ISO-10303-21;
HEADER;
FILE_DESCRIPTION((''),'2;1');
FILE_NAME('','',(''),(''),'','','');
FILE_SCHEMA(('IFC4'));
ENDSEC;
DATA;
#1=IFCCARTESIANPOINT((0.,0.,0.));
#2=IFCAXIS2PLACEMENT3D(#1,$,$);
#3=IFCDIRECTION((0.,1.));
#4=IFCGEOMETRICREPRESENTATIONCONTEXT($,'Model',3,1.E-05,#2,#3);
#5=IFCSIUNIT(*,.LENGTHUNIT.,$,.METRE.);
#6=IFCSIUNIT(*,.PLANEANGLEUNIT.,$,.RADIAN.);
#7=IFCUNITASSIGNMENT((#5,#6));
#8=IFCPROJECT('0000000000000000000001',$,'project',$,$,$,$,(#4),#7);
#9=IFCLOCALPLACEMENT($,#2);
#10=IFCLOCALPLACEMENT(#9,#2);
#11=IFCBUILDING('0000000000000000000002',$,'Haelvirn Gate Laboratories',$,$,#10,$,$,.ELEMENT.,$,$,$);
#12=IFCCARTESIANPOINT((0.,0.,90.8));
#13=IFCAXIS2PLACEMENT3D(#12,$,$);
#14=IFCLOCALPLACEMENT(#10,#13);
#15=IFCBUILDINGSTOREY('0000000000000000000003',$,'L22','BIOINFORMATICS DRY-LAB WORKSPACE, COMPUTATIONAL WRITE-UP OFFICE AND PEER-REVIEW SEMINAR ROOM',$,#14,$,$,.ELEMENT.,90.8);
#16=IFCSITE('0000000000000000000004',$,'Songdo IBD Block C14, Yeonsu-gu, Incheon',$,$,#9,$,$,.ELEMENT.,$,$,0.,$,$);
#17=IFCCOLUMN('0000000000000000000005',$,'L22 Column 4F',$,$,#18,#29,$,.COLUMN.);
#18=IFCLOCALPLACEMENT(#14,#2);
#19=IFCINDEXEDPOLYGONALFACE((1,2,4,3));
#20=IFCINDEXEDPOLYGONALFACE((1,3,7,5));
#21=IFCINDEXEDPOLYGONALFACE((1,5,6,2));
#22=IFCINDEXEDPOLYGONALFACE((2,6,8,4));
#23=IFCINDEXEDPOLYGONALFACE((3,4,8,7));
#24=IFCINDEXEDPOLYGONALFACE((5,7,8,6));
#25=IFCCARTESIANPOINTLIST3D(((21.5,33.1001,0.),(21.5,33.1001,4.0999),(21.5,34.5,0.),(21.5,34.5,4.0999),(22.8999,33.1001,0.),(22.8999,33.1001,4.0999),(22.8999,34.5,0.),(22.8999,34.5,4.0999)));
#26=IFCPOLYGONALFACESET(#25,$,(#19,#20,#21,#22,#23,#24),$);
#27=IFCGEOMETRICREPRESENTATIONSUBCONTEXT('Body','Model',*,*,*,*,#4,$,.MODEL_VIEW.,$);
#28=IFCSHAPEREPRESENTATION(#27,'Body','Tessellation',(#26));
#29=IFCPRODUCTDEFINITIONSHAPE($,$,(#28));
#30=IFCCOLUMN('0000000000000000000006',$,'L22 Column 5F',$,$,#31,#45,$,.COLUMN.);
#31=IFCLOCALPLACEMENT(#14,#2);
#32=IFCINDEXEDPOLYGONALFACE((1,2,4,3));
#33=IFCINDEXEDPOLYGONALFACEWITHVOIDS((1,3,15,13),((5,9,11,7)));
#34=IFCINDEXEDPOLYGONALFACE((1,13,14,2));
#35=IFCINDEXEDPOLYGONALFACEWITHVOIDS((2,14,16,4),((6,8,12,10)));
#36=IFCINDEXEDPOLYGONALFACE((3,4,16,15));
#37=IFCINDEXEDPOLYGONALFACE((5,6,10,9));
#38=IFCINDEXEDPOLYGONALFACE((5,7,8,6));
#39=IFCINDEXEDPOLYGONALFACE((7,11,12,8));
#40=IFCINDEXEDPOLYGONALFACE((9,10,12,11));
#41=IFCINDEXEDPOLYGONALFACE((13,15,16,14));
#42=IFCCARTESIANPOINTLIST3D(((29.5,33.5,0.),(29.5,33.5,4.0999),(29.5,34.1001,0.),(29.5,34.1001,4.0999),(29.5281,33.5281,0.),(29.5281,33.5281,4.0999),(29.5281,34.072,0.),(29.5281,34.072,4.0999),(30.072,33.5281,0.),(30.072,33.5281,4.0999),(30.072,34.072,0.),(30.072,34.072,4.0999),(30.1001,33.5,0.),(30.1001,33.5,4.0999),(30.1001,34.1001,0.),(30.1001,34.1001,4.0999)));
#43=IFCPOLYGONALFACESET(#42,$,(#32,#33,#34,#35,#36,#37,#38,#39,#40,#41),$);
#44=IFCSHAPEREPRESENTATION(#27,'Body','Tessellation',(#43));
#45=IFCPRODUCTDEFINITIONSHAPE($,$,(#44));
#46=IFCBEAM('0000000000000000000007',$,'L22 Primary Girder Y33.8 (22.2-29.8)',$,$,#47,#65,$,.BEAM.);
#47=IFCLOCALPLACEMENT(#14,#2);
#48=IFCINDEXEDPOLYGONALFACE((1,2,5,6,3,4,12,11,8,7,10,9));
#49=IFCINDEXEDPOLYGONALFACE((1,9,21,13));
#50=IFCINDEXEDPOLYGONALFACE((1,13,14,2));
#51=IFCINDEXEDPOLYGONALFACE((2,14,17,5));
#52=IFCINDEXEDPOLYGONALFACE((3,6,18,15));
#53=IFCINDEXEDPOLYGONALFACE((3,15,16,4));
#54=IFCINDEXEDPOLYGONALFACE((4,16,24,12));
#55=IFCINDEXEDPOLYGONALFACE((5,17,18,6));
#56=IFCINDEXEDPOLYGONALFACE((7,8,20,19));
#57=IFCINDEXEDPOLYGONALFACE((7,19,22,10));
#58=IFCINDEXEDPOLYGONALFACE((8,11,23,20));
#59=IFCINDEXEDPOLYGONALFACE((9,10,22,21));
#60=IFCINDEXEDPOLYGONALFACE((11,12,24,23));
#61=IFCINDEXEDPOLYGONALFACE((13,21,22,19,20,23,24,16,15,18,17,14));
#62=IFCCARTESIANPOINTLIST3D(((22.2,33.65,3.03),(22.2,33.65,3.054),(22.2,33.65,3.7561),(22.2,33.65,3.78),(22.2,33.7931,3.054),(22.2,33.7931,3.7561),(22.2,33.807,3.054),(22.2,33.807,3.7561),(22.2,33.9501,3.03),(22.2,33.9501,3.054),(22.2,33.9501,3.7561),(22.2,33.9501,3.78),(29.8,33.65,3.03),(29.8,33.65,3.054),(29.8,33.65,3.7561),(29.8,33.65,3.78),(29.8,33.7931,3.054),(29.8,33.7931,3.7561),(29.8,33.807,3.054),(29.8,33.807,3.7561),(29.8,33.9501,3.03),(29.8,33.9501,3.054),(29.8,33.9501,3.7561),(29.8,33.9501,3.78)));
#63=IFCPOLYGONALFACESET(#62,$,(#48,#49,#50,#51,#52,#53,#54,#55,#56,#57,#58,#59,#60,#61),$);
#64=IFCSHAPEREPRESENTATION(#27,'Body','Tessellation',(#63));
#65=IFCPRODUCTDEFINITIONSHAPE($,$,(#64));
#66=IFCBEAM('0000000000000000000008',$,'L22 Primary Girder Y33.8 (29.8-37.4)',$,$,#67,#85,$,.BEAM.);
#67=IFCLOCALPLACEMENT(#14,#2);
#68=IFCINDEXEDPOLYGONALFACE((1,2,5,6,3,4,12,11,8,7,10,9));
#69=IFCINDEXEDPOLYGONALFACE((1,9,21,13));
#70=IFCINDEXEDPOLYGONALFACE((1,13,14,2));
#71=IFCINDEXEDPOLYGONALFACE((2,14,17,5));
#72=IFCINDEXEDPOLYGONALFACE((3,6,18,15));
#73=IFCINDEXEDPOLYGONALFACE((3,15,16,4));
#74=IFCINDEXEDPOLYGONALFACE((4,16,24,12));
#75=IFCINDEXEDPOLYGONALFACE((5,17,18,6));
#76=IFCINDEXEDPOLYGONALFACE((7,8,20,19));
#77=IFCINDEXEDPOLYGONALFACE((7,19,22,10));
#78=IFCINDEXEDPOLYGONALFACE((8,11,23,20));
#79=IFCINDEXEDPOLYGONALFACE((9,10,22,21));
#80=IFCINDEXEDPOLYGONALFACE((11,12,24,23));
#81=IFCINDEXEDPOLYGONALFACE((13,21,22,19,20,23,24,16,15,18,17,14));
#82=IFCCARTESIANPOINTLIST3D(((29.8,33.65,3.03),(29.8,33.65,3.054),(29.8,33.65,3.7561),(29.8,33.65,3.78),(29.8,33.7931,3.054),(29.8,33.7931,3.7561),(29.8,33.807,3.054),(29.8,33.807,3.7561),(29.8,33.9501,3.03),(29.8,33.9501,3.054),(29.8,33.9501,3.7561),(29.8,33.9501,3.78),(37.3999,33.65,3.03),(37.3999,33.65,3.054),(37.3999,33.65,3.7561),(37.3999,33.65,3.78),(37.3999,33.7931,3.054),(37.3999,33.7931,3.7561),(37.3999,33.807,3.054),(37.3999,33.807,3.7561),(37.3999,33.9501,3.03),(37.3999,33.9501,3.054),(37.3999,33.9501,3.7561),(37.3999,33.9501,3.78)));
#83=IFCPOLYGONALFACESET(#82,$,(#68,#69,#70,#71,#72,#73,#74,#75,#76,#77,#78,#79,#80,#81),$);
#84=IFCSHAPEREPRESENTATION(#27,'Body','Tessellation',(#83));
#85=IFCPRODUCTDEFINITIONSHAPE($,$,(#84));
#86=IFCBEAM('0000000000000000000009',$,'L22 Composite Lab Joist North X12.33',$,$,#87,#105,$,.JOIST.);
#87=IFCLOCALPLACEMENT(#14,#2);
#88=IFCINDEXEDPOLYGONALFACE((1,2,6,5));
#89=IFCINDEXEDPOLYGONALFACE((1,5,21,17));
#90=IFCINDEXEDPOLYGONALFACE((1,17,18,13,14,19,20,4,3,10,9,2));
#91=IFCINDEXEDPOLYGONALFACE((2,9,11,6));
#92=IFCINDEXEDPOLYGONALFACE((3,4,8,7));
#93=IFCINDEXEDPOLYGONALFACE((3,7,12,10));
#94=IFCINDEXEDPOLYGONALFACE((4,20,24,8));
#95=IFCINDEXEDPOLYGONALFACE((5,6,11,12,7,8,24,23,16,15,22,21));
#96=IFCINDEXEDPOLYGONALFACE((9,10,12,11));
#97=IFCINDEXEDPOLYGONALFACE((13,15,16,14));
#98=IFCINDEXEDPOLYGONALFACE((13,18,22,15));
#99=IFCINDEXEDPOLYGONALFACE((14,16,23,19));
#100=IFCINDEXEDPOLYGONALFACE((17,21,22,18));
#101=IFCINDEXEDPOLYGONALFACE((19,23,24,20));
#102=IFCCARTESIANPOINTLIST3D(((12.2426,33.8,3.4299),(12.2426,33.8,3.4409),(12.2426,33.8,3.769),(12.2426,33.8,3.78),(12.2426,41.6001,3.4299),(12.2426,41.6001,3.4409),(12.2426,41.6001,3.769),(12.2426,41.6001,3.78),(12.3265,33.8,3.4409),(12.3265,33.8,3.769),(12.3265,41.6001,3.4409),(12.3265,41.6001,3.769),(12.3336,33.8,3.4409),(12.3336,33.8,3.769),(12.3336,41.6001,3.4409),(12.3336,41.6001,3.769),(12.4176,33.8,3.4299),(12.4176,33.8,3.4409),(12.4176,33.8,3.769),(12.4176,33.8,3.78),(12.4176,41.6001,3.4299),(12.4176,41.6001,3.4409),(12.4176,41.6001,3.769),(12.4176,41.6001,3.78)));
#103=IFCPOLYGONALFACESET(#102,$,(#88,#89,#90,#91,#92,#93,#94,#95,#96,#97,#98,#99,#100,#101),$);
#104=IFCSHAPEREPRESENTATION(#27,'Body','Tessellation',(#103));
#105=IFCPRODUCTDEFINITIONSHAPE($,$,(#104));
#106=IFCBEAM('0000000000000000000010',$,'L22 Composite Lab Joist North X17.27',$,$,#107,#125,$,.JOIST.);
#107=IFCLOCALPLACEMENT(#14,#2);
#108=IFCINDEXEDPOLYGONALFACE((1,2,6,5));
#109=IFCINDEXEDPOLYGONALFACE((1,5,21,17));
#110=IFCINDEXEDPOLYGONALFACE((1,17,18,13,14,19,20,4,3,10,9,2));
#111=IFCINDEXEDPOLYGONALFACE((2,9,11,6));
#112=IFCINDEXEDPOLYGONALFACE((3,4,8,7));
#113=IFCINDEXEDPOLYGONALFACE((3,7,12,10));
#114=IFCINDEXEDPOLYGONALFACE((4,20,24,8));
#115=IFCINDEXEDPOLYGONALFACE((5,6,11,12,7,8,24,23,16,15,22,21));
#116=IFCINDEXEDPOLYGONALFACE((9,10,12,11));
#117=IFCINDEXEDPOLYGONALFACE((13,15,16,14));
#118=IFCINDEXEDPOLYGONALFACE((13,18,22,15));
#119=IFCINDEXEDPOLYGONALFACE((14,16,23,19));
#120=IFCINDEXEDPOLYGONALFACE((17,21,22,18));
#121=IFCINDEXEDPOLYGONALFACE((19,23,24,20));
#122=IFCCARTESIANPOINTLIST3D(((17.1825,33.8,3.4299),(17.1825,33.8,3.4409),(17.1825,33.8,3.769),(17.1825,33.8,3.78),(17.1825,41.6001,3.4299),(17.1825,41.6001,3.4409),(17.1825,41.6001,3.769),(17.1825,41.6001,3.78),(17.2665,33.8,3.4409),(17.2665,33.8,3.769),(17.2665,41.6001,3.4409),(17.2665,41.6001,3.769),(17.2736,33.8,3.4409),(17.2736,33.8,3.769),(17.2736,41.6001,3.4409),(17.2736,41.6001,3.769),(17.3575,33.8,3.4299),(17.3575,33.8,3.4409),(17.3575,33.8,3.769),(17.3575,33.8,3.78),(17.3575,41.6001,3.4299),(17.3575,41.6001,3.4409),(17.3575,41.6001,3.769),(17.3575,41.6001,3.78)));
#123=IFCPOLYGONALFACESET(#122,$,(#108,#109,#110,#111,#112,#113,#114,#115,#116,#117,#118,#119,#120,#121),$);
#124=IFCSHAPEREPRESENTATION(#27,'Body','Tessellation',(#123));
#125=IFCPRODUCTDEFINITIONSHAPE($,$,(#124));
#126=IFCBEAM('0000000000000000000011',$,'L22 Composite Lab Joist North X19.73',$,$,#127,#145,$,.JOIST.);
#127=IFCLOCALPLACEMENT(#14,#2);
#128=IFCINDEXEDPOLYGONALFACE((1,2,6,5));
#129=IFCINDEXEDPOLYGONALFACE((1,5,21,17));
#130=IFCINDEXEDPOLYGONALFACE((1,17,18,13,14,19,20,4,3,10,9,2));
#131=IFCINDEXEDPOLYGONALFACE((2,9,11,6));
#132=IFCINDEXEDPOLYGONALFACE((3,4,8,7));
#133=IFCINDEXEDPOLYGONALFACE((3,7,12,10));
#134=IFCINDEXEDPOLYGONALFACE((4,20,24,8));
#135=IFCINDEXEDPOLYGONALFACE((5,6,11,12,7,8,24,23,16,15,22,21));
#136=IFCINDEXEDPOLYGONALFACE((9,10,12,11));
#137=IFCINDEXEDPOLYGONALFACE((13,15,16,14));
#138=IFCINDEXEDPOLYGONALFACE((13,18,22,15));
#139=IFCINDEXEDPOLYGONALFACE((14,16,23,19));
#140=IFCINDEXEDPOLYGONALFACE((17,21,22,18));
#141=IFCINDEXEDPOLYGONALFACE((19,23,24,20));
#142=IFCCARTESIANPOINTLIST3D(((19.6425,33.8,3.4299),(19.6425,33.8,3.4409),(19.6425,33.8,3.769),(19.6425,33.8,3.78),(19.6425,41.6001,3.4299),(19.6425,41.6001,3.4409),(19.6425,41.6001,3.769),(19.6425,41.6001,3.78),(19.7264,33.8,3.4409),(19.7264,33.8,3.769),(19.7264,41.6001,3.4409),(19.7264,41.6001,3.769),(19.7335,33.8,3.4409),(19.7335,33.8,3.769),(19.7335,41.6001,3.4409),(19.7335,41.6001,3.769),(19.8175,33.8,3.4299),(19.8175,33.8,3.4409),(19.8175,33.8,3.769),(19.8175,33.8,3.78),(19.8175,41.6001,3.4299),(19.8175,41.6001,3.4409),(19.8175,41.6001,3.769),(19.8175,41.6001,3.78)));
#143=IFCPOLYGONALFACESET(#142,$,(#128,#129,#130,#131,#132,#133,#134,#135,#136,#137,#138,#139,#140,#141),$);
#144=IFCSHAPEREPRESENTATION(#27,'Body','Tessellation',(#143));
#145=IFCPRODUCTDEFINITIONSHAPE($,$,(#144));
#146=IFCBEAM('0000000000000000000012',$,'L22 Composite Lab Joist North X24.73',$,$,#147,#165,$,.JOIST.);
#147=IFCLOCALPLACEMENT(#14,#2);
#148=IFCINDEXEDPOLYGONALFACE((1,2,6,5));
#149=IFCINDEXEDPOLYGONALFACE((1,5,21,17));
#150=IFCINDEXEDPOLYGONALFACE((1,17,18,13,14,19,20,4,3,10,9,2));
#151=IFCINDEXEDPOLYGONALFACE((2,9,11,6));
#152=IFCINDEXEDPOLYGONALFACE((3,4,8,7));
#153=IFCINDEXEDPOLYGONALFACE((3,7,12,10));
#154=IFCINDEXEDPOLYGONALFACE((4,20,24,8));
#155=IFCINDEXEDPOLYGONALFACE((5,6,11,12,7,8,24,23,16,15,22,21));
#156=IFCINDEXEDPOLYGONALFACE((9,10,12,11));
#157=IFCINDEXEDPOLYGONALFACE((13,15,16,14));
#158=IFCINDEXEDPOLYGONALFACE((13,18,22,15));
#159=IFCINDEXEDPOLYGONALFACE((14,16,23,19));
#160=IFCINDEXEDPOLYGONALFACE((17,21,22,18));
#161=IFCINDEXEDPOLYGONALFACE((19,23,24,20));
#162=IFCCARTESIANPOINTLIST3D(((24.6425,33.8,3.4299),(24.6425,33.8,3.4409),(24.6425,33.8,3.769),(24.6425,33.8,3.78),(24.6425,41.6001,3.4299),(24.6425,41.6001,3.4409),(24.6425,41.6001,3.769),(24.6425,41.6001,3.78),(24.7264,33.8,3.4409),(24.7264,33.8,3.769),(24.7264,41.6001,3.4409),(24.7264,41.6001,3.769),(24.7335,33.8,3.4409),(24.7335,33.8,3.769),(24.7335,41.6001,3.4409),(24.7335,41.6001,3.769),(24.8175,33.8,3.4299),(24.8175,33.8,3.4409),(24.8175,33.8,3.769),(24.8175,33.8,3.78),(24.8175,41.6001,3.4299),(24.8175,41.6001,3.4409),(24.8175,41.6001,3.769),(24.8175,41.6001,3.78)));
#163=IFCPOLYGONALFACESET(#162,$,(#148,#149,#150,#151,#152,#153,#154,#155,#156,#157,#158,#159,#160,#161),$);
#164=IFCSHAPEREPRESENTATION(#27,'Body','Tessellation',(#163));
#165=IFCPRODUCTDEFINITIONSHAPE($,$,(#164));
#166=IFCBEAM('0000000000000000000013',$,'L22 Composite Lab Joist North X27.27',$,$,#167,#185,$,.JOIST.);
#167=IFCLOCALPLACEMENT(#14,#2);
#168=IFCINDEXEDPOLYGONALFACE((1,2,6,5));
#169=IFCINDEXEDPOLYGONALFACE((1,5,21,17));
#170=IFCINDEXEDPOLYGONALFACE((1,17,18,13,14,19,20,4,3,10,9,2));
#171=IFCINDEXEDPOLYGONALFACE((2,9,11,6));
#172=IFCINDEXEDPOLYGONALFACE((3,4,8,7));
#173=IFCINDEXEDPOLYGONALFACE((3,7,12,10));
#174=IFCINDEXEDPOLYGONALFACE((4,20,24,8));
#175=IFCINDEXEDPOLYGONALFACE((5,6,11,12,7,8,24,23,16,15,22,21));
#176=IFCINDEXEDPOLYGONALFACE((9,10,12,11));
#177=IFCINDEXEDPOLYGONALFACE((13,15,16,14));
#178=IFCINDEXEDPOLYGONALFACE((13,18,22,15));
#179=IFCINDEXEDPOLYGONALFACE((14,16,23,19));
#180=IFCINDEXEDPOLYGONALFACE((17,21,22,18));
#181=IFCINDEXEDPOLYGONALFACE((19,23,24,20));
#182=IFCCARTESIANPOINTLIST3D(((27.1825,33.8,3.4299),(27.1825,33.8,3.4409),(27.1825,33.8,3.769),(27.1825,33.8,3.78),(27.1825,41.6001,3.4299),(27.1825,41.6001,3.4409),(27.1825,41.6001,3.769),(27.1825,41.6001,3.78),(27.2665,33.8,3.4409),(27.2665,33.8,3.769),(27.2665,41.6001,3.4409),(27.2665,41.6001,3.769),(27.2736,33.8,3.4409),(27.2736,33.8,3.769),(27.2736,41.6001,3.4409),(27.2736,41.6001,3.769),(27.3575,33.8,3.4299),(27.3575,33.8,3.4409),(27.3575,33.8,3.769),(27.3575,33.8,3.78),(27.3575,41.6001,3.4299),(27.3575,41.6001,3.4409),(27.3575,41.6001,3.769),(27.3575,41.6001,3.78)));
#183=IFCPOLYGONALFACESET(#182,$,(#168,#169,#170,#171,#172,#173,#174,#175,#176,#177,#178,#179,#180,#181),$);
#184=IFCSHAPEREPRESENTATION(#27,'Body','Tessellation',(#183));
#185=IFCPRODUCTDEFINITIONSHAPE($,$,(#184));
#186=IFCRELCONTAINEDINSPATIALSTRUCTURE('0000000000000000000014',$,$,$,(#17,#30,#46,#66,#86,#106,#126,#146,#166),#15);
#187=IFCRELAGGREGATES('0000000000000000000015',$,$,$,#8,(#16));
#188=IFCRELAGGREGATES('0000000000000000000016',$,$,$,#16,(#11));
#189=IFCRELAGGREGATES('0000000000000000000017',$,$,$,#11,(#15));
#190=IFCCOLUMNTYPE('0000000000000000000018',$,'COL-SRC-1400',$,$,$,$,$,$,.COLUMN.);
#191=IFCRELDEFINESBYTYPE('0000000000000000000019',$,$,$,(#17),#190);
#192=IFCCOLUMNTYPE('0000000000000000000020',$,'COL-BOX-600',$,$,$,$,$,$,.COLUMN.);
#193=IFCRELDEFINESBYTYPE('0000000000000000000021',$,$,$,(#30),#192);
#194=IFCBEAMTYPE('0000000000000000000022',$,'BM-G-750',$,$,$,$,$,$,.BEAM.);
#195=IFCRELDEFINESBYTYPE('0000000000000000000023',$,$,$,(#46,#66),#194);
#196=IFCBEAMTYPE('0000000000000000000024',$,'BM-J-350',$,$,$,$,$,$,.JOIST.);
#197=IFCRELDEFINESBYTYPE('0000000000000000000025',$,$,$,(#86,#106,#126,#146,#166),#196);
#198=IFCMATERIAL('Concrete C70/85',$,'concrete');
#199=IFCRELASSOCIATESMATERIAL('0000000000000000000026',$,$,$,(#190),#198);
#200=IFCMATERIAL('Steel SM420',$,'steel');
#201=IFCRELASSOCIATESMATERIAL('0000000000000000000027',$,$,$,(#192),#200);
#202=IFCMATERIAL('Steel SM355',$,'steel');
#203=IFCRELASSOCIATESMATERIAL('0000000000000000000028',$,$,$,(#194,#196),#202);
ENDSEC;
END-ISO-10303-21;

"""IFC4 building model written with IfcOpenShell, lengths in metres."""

from ifc_helpers import new_model, si_unit, direction, frame, origin, origin_2d, place, context, subcontext, project, spatial, rectangle, hollow_rectangle, i_section, extrude, source, transform, mapped, material, material_profile, profile_set, type_object, type_shapes, element, save


model = new_model("IFC4")

# Units and contexts
model_context = context("Model", 3, precision=1e-05, world=origin(), true_north=direction((0.0, 1.0)))
body_context = subcontext(model_context, "Body", "Model", "MODEL_VIEW")
ifc_project = project(units=[si_unit("LENGTHUNIT", "METRE"), si_unit("PLANEANGLEUNIT", "RADIAN")], contexts=[model_context])

# Site, building, storey
site_placement = place(None, origin())
site = spatial("IfcSite", under=ifc_project, at=site_placement, Name="Songdo IBD Block C14, Yeonsu-gu, Incheon", CompositionType="ELEMENT", RefElevation=0.0)
building_placement = place(site_placement, origin())
building = spatial("IfcBuilding", under=site, at=building_placement, Name="Haelvirn Gate Laboratories", CompositionType="ELEMENT")
storey_placement = place(building_placement, frame((0.0, 0.0, 90.8)))
storey = spatial("IfcBuildingStorey", under=building, at=storey_placement, Name="L22", Description="BIOINFORMATICS DRY-LAB WORKSPACE, COMPUTATIONAL WRITE-UP OFFICE AND PEER-REVIEW SEMINAR ROOM", CompositionType="ELEMENT", Elevation=90.8)

# Columns
ifc_material_1 = material(Name="Concrete C70/85", Category="concrete")
ifc_material_profile_1 = material_profile(ifc_material_1, rectangle(XDim=1.3999, YDim=1.3999, at=origin_2d()), Name="SRC-1400x1400")
ifc_profile_set_1 = profile_set([ifc_material_profile_1], Name="Concrete C70/85")
column_type_1 = type_object("IfcColumnType", Name="COL-SRC-1400", PredefinedType="COLUMN", material=ifc_profile_set_1)
shared_shape_1 = source(origin(), body_context, "Body", "SweptSolid", [
    extrude(rectangle(XDim=1.3999, YDim=1.3999, at=origin_2d()), origin(), (0.0, 0.0, 1.0), 4.0999),
])
type_shapes(column_type_1, [shared_shape_1])
column_1_placement = place(storey_placement, frame((22.2, 33.8, 0.0), z_axis=(0.0, 0.0, 1.0), x_axis=(1.0, 0.0, 0.0)))
element("IfcColumn", 1, at=column_1_placement, inside=storey, type_object=column_type_1, Name="L22 Column 4F", PredefinedType="COLUMN", context=body_context, shape_type="MappedRepresentation", body=[
    mapped(shared_shape_1, transform((0.0, 0.0, 0.0), scale=1.0)),
])
ifc_material_2 = material(Name="Steel SM420", Category="steel")
ifc_material_profile_2 = material_profile(ifc_material_2, hollow_rectangle(XDim=0.6001, YDim=0.6001, WallThickness=0.0281, at=origin_2d()), Name="BOX-600x600x28")
ifc_profile_set_2 = profile_set([ifc_material_profile_2], Name="Steel SM420")
column_type_2 = type_object("IfcColumnType", Name="COL-BOX-600", PredefinedType="COLUMN", material=ifc_profile_set_2)
shared_shape_2 = source(origin(), body_context, "Body", "SweptSolid", [
    extrude(hollow_rectangle(XDim=0.6001, YDim=0.6001, WallThickness=0.0281, at=origin_2d()), origin(), (0.0, 0.0, 1.0), 4.0999),
])
type_shapes(column_type_2, [shared_shape_2])
column_2_placement = place(storey_placement, frame((29.8, 33.8, 0.0), z_axis=(0.0, 0.0, 1.0), x_axis=(1.0, 0.0, 0.0)))
element("IfcColumn", 2, at=column_2_placement, inside=storey, type_object=column_type_2, Name="L22 Column 5F", PredefinedType="COLUMN", context=body_context, shape_type="MappedRepresentation", body=[
    mapped(shared_shape_2, transform((0.0, 0.0, 0.0), scale=1.0)),
])

# Beams
ifc_material_3 = material(Name="Steel SM355", Category="steel")
ifc_material_profile_3 = material_profile(ifc_material_3, i_section(OverallWidth=0.3, OverallDepth=0.75, WebThickness=0.0139, FlangeThickness=0.0239, at=origin_2d()), Name="H-750x300x14x24")
ifc_profile_set_3 = profile_set([ifc_material_profile_3], Name="Steel SM355")
beam_type_1 = type_object("IfcBeamType", Name="BM-G-750", PredefinedType="BEAM", material=ifc_profile_set_3)
shared_shape_3 = source(origin(), body_context, "Body", "SweptSolid", [
    extrude(i_section(OverallWidth=0.3, OverallDepth=0.75, WebThickness=0.0139, FlangeThickness=0.0239, at=origin_2d()), origin(), (0.0, 0.0, 1.0), 7.6001),
])
beam_1_placement = place(storey_placement, frame((22.2, 33.8, 3.405), z_axis=(1.0, 0.0, 0.0), x_axis=(0.0, 1.0, 0.0)))
element("IfcBeam", 3, at=beam_1_placement, inside=storey, type_object=beam_type_1, Name="L22 Primary Girder Y33.8 (22.2-29.8)", PredefinedType="BEAM", context=body_context, shape_type="MappedRepresentation", body=[
    mapped(shared_shape_3, transform((0.0, 0.0, 0.0), scale=1.0)),
])
shared_shape_4 = source(origin(), body_context, "Body", "SweptSolid", [
    extrude(i_section(OverallWidth=0.3, OverallDepth=0.75, WebThickness=0.0139, FlangeThickness=0.0239, at=origin_2d()), origin(), (0.0, 0.0, 1.0), 7.5999),
])
type_shapes(beam_type_1, [shared_shape_3, shared_shape_4])
beam_2_placement = place(storey_placement, frame((29.8, 33.8, 3.405), z_axis=(1.0, 0.0, 0.0), x_axis=(0.0, 1.0, 0.0)))
element("IfcBeam", 4, at=beam_2_placement, inside=storey, type_object=beam_type_1, Name="L22 Primary Girder Y33.8 (29.8-37.4)", PredefinedType="BEAM", context=body_context, shape_type="MappedRepresentation", body=[
    mapped(shared_shape_4, transform((0.0, 0.0, 0.0), scale=1.0)),
])
ifc_material_profile_4 = material_profile(ifc_material_3, i_section(OverallWidth=0.175, OverallDepth=0.3501, WebThickness=0.0071, FlangeThickness=0.011, at=origin_2d()), Name="H-350x175x7x11")
ifc_profile_set_4 = profile_set([ifc_material_profile_4], Name="Steel SM355")
beam_type_2 = type_object("IfcBeamType", Name="BM-J-350", PredefinedType="JOIST", material=ifc_profile_set_4)
shared_shape_5 = source(origin(), body_context, "Body", "SweptSolid", [
    extrude(i_section(OverallWidth=0.175, OverallDepth=0.3501, WebThickness=0.0071, FlangeThickness=0.011, at=origin_2d()), origin(), (0.0, 0.0, 1.0), 7.8),
])
type_shapes(beam_type_2, [shared_shape_5])
for number, where, z_axis, x_axis, name in (
    (5, (12.3301, 33.8, 3.605), (0.0, 1.0, 0.0), (-1.0, 0.0, 0.0), "L22 Composite Lab Joist North X12.33"),
    (6, (17.27, 33.8, 3.605), (0.0, 1.0, 0.0), (-1.0, 0.0, 0.0), "L22 Composite Lab Joist North X17.27"),
    (7, (19.73, 33.8, 3.605), (0.0, 1.0, 0.0), (-1.0, 0.0, 0.0), "L22 Composite Lab Joist North X19.73"),
    (8, (24.73, 33.8, 3.605), (0.0, 1.0, 0.0), (-1.0, 0.0, 0.0), "L22 Composite Lab Joist North X24.73"),
    (9, (27.27, 33.8, 3.605), (0.0, 1.0, 0.0), (-1.0, 0.0, 0.0), "L22 Composite Lab Joist North X27.27"),
):
    element("IfcBeam", number, at=place(storey_placement, frame(where, z_axis=z_axis, x_axis=x_axis)), inside=storey, type_object=beam_type_2, Name=name, PredefinedType="JOIST", context=body_context, shape_type="MappedRepresentation", body=[
        mapped(shared_shape_5, transform((0.0, 0.0, 0.0), scale=1.0)),
    ])

save(model, "model.ifc")
